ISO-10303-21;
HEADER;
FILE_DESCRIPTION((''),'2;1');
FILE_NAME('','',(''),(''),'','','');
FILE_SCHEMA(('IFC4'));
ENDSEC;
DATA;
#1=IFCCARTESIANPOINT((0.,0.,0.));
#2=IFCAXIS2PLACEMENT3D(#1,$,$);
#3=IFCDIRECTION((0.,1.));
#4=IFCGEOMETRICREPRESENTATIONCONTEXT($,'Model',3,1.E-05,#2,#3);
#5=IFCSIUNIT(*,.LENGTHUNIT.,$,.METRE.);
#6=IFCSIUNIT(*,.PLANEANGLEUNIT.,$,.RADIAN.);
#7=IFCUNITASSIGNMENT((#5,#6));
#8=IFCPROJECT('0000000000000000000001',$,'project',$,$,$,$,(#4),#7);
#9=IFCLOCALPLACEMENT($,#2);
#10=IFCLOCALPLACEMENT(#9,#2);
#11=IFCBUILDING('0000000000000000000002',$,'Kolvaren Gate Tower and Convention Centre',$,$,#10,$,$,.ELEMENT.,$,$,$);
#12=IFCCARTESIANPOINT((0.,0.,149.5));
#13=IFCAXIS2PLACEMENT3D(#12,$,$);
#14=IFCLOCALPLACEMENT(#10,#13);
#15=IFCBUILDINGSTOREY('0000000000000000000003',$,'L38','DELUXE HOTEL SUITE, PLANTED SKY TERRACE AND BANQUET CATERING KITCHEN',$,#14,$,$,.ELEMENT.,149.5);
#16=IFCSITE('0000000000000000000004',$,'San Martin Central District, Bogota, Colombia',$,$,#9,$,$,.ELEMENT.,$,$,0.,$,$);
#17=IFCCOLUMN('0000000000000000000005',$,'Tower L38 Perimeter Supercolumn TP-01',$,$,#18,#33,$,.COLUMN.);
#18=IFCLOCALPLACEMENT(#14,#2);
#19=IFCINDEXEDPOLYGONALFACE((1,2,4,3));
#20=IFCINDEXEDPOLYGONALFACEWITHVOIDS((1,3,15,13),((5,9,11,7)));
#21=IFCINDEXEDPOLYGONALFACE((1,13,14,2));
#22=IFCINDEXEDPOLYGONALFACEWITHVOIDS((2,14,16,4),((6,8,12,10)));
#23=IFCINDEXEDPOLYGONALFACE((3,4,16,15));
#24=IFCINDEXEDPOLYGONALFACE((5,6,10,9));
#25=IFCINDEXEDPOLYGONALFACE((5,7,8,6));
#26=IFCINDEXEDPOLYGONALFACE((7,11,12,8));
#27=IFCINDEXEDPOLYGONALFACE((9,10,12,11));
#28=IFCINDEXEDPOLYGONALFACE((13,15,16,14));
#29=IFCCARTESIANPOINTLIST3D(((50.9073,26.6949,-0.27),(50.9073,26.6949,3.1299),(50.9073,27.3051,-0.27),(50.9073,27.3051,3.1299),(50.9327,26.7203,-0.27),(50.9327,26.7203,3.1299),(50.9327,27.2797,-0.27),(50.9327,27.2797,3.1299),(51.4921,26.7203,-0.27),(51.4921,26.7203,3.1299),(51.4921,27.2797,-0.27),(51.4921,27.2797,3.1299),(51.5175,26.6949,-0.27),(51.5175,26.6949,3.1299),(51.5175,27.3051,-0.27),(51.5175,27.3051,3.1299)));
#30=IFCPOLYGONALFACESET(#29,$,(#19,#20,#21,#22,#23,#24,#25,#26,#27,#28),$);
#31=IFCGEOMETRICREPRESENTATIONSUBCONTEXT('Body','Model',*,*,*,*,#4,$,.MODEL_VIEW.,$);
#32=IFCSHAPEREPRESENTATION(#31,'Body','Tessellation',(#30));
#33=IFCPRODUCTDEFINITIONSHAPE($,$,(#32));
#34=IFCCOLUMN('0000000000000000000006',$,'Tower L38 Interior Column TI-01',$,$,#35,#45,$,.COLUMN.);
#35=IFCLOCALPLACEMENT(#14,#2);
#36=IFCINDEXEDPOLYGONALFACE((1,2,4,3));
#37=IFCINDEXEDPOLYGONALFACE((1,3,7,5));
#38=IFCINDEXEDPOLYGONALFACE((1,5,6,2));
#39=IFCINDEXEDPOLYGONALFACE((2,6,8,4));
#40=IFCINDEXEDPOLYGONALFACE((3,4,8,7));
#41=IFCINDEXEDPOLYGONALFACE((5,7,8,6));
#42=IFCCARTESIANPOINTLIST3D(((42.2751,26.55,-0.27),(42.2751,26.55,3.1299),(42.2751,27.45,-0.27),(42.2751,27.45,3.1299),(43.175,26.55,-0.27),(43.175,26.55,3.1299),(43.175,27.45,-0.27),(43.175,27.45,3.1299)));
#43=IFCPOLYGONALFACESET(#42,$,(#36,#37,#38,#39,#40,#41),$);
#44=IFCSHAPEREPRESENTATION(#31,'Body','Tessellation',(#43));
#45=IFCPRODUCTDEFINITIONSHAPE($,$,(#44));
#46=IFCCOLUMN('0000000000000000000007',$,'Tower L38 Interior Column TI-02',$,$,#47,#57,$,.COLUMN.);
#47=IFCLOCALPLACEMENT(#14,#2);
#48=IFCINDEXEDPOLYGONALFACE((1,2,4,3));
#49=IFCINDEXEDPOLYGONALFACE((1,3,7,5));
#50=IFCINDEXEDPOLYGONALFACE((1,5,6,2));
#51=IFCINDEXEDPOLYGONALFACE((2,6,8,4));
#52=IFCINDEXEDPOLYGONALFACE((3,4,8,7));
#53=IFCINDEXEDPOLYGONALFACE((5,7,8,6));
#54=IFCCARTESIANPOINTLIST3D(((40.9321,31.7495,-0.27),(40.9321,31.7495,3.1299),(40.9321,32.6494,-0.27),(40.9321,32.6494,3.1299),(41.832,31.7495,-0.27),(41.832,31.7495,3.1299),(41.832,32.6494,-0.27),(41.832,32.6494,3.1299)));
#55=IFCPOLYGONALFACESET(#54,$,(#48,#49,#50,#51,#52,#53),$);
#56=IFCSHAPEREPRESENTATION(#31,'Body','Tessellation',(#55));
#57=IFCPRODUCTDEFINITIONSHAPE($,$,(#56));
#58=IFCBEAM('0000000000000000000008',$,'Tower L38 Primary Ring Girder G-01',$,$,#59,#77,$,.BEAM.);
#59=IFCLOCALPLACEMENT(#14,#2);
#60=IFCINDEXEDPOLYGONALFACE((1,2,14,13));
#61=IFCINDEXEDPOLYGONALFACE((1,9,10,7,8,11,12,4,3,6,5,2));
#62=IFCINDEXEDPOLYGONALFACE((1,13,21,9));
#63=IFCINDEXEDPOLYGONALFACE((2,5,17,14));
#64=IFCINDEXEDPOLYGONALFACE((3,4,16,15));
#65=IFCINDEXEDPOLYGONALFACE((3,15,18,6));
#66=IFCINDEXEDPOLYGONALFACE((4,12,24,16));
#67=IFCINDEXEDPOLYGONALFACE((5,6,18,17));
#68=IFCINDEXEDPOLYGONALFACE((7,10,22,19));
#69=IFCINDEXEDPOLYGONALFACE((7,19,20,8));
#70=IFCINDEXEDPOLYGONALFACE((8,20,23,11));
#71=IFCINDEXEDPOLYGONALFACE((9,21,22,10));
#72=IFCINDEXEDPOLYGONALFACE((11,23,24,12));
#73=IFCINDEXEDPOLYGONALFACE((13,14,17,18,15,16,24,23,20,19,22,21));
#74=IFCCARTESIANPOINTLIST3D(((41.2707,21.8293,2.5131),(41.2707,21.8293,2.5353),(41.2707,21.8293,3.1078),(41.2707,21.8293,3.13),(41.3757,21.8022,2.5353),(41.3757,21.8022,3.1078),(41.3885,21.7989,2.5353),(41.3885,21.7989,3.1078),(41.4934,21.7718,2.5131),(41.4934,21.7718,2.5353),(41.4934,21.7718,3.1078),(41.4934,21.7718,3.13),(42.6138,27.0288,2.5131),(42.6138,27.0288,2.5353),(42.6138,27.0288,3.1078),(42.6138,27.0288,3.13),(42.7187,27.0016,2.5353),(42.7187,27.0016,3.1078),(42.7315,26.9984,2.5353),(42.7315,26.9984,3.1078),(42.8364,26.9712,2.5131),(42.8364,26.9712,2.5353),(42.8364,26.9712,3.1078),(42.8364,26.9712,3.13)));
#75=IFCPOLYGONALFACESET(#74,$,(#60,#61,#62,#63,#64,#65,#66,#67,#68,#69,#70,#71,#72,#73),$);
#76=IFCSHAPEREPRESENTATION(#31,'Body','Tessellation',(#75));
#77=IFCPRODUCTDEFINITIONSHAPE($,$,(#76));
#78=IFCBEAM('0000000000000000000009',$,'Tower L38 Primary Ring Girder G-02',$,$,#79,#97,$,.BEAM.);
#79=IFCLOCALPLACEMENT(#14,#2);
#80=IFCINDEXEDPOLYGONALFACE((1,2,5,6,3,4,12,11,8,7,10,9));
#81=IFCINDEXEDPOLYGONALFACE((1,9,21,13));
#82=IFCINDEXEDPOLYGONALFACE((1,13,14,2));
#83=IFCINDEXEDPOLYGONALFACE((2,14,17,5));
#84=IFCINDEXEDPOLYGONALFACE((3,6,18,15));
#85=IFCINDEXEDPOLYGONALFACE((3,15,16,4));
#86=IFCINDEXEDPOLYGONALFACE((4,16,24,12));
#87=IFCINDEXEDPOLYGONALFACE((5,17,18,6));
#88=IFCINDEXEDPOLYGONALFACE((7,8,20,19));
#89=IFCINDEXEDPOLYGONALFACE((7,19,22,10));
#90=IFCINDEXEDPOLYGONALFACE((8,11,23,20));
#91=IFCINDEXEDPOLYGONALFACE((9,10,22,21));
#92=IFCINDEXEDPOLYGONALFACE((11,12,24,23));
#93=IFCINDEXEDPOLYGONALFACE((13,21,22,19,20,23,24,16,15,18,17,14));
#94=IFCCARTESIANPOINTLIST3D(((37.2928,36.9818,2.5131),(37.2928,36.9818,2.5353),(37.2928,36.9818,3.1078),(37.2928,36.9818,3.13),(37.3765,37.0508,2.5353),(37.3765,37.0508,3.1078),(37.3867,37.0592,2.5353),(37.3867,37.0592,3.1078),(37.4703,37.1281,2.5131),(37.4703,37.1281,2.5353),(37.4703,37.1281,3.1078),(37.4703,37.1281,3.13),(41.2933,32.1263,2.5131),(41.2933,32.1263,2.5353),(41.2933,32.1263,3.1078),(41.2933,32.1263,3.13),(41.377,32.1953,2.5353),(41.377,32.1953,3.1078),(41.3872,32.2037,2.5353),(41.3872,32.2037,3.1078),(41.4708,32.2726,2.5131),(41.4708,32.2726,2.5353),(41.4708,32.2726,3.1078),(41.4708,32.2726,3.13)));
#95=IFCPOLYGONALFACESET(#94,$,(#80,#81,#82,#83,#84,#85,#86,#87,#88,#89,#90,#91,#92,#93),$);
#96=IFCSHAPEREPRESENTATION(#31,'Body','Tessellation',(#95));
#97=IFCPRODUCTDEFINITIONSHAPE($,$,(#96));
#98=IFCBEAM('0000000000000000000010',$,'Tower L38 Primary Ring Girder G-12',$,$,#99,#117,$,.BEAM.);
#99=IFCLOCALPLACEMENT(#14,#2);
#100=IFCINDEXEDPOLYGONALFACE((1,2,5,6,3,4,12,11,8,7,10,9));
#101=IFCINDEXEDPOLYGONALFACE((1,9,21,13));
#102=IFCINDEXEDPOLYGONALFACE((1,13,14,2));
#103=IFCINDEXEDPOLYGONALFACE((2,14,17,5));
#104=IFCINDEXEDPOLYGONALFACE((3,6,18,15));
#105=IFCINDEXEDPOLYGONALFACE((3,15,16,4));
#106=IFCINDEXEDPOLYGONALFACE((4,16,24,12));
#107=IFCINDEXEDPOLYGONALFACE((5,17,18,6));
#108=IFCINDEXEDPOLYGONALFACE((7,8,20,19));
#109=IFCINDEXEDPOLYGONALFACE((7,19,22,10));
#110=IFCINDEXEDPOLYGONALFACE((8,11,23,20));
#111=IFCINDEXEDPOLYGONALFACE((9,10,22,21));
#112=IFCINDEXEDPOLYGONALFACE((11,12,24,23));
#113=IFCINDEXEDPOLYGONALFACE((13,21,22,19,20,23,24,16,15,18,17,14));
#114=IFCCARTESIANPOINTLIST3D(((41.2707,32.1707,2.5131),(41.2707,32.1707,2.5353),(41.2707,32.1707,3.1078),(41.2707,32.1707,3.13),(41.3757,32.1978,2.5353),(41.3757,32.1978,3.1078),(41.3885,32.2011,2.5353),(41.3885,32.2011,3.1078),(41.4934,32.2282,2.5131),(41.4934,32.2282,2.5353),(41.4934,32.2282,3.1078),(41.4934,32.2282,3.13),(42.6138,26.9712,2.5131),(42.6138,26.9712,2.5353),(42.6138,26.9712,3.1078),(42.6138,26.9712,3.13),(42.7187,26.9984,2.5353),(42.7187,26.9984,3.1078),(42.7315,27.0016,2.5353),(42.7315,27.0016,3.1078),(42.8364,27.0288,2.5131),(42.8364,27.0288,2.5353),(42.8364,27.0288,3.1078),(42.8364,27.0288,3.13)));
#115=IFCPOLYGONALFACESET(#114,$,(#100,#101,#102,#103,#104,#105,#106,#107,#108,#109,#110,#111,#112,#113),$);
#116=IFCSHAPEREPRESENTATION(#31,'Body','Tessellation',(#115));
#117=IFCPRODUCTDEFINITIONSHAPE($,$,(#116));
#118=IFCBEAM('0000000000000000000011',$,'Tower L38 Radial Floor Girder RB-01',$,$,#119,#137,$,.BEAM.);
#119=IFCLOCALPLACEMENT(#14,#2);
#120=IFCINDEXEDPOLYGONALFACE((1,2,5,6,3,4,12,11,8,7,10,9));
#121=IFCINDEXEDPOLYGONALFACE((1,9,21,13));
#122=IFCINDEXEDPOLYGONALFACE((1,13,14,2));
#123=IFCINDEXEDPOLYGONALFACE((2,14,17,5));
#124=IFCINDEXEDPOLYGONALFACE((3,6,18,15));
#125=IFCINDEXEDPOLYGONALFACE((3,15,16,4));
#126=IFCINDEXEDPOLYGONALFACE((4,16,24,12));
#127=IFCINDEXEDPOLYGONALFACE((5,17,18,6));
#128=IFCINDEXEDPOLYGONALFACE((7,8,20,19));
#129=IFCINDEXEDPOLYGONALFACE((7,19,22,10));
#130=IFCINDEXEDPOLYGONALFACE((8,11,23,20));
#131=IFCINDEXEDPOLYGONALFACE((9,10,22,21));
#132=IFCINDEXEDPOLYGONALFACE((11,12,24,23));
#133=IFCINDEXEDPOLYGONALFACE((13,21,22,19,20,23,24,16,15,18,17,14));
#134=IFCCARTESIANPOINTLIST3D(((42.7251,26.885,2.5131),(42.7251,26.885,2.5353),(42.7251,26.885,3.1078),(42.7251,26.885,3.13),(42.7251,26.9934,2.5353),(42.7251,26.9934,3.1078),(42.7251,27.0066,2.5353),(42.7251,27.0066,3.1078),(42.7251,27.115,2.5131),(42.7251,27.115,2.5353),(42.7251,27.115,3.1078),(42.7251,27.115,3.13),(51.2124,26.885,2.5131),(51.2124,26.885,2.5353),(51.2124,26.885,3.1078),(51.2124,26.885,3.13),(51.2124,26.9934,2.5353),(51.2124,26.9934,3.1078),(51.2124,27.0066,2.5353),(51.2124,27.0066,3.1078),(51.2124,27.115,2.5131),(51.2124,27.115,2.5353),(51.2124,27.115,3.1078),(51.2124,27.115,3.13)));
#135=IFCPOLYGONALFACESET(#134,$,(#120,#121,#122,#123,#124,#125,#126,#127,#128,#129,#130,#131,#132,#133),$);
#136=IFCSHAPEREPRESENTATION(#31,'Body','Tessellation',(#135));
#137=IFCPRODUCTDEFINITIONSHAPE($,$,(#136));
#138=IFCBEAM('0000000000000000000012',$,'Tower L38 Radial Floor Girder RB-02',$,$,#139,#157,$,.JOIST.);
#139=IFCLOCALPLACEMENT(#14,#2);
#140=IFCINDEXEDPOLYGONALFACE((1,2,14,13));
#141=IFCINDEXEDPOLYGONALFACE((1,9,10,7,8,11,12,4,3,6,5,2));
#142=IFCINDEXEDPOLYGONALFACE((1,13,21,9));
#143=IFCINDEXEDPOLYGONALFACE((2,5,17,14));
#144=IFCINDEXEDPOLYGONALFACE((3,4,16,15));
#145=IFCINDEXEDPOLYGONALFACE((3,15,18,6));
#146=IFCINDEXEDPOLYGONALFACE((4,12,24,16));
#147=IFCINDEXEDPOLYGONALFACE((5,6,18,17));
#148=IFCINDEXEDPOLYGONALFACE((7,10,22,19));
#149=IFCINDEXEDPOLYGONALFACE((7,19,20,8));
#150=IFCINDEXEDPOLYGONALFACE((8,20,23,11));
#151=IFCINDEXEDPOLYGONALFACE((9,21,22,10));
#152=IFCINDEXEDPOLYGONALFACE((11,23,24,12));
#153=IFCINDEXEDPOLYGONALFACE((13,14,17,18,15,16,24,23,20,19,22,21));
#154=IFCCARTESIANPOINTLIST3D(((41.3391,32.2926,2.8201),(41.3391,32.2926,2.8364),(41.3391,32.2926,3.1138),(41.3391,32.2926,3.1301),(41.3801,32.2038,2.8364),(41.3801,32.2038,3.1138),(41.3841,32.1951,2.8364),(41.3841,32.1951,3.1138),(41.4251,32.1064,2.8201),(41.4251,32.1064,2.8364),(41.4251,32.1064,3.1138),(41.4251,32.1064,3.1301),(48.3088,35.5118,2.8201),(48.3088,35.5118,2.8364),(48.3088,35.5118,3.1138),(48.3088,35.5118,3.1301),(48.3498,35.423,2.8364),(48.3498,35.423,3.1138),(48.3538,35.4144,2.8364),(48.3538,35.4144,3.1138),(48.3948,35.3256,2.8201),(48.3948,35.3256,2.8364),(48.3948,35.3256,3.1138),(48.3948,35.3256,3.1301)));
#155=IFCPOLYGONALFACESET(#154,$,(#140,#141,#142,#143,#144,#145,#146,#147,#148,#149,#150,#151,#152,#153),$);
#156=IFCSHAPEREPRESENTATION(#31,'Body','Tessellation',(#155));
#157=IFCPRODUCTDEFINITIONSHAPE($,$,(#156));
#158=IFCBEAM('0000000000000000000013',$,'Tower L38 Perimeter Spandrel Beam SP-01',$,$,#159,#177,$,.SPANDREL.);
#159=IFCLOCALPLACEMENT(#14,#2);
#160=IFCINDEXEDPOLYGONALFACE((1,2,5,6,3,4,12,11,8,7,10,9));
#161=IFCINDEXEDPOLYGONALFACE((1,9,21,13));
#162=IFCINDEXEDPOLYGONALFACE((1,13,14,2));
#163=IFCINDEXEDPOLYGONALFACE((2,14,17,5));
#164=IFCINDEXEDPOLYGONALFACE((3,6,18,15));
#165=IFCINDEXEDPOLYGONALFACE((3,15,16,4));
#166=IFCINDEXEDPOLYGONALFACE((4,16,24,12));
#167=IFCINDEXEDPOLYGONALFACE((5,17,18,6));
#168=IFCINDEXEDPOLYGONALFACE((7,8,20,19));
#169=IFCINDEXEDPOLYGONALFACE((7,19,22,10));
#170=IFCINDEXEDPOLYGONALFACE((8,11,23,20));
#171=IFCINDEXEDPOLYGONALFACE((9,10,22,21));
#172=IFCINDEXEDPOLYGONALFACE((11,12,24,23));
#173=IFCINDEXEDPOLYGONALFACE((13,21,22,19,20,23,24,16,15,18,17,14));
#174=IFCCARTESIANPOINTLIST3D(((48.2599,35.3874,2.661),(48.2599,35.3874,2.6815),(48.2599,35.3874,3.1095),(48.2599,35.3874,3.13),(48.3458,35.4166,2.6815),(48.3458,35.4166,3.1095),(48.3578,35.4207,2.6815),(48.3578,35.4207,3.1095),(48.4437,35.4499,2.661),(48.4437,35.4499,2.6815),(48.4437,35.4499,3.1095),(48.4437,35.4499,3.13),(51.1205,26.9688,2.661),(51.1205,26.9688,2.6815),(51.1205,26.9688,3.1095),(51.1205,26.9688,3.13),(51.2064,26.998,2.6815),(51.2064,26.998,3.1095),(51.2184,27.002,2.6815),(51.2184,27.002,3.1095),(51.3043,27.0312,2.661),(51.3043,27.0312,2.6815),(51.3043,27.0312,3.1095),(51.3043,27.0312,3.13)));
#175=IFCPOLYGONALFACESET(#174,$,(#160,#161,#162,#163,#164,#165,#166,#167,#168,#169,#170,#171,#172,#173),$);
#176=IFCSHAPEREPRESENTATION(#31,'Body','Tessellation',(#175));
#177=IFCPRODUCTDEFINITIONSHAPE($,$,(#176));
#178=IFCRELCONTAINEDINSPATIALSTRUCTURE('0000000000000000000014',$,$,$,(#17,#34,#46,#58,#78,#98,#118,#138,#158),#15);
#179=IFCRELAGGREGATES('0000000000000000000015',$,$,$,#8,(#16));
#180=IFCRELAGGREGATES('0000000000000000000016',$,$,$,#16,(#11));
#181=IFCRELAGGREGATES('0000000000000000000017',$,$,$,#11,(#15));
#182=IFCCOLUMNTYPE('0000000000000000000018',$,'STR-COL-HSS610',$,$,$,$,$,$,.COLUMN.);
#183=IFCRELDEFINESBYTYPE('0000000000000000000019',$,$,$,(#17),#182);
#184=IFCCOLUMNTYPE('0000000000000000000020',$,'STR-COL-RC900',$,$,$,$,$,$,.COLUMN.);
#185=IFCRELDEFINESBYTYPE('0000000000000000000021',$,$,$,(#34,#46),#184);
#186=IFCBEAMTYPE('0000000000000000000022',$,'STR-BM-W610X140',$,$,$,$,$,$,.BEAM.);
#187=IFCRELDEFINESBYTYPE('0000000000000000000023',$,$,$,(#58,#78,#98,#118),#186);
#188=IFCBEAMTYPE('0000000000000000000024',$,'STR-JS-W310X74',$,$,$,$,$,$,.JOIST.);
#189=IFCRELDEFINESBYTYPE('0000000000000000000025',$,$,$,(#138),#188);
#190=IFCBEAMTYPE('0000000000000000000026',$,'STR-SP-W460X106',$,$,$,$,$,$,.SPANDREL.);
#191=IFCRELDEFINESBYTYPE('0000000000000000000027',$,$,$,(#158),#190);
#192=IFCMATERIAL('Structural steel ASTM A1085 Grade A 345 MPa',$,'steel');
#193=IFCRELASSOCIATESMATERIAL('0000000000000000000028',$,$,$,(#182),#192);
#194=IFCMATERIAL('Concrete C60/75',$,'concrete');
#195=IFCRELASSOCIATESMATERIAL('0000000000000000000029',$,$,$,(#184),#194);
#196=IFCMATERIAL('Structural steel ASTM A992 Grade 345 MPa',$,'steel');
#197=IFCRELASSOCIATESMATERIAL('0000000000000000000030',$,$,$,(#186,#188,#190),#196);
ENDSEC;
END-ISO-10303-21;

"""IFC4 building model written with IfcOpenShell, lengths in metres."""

from ifc_helpers import new_model, si_unit, direction, frame, origin, origin_2d, place, context, subcontext, project, spatial, rectangle, hollow_rectangle, i_section, extrude, material, material_profile, profile_set, type_object, element, save


model = new_model("IFC4")

# Units and contexts
model_context = context("Model", 3, precision=1e-05, world=origin(), true_north=direction((0.0, 1.0)))
body_context = subcontext(model_context, "Body", "Model", "MODEL_VIEW")
ifc_project = project(units=[si_unit("LENGTHUNIT", "METRE"), si_unit("PLANEANGLEUNIT", "RADIAN")], contexts=[model_context])

# Site, building, storey
site_placement = place(None, origin())
site = spatial("IfcSite", under=ifc_project, at=site_placement, Name="San Martin Central District, Bogota, Colombia", CompositionType="ELEMENT", RefElevation=0.0)
building_placement = place(site_placement, origin())
building = spatial("IfcBuilding", under=site, at=building_placement, Name="Kolvaren Gate Tower and Convention Centre", CompositionType="ELEMENT")
storey_placement = place(building_placement, frame((0.0, 0.0, 149.5)))
storey = spatial("IfcBuildingStorey", under=building, at=storey_placement, Name="L38", Description="DELUXE HOTEL SUITE, PLANTED SKY TERRACE AND BANQUET CATERING KITCHEN", CompositionType="ELEMENT", Elevation=149.5)

# Columns
ifc_material_1 = material(Name="Structural steel ASTM A1085 Grade A 345 MPa", Category="steel")
ifc_material_profile_1 = material_profile(ifc_material_1, hollow_rectangle(XDim=0.6101, YDim=0.6101, WallThickness=0.0254, at=origin_2d()), Name="HSS610X610X25.4")
ifc_profile_set_1 = profile_set([ifc_material_profile_1], Name="Structural steel ASTM A1085 Grade A 345 MPa")
column_type_1 = type_object("IfcColumnType", Name="STR-COL-HSS610", PredefinedType="COLUMN", material=ifc_profile_set_1)
column_placement = place(storey_placement, frame((51.2124, 27.0, -0.27), z_axis=(0.0, 0.0, 1.0), x_axis=(1.0, 0.0, 0.0)))
element("IfcColumn", 1, at=column_placement, inside=storey, type_object=column_type_1, Name="Tower L38 Perimeter Supercolumn TP-01", PredefinedType="COLUMN", context=body_context, shape_type="SweptSolid", body=[
    extrude(hollow_rectangle(XDim=0.6101, YDim=0.6101, WallThickness=0.0254, at=origin_2d()), origin(), (0.0, 0.0, 1.0), 3.3999),
])
ifc_material_2 = material(Name="Concrete C60/75", Category="concrete")
ifc_material_profile_2 = material_profile(ifc_material_2, rectangle(XDim=0.8999, YDim=0.8999, at=origin_2d()), Name="RC-COL-900X900")
ifc_profile_set_2 = profile_set([ifc_material_profile_2], Name="Concrete C60/75")
column_type_2 = type_object("IfcColumnType", Name="STR-COL-RC900", PredefinedType="COLUMN", material=ifc_profile_set_2)
for number, where, z_axis, x_axis, name in (
    (2, (42.7251, 27.0, -0.27), (0.0, 0.0, 1.0), (1.0, 0.0, 0.0), "Tower L38 Interior Column TI-01"),
    (3, (41.3821, 32.1995, -0.27), (0.0, 0.0, 1.0), (1.0, 0.0, 0.0), "Tower L38 Interior Column TI-02"),
):
    element("IfcColumn", number, at=place(storey_placement, frame(where, z_axis=z_axis, x_axis=x_axis)), inside=storey, type_object=column_type_2, Name=name, PredefinedType="COLUMN", context=body_context, shape_type="SweptSolid", body=[
        extrude(rectangle(XDim=0.8999, YDim=0.8999, at=origin_2d()), origin(), (0.0, 0.0, 1.0), 3.3999),
    ])

# Beams
ifc_material_3 = material(Name="Structural steel ASTM A992 Grade 345 MPa", Category="steel")
ifc_material_profile_3 = material_profile(ifc_material_3, i_section(OverallWidth=0.23, OverallDepth=0.6169, WebThickness=0.0132, FlangeThickness=0.0222, at=origin_2d()), Name="W610X140")
ifc_profile_set_3 = profile_set([ifc_material_profile_3], Name="Structural steel ASTM A992 Grade 345 MPa")
beam_type_1 = type_object("IfcBeamType", Name="STR-BM-W610X140", PredefinedType="BEAM", material=ifc_profile_set_3)
beam_1_placement = place(storey_placement, frame((42.7251, 27.0, 2.8215), z_axis=(-0.250091, -0.968222, 0.0), x_axis=(0.968222, -0.250091, 0.0)))
element("IfcBeam", 4, at=beam_1_placement, inside=storey, type_object=beam_type_1, Name="Tower L38 Primary Ring Girder G-01", PredefinedType="BEAM", context=body_context, shape_type="SweptSolid", body=[
    extrude(i_section(OverallWidth=0.23, OverallDepth=0.6169, WebThickness=0.0132, FlangeThickness=0.0222, at=origin_2d()), origin(), (0.0, 0.0, 1.0), 5.3701),
])
beam_2_placement = place(storey_placement, frame((41.3821, 32.1995, 2.8215), z_axis=(-0.635884, 0.771785, 0.0), x_axis=(-0.771785, -0.635884, 0.0)))
element("IfcBeam", 5, at=beam_2_placement, inside=storey, type_object=beam_type_1, Name="Tower L38 Primary Ring Girder G-02", PredefinedType="BEAM", context=body_context, shape_type="SweptSolid", body=[
    extrude(i_section(OverallWidth=0.23, OverallDepth=0.6169, WebThickness=0.0132, FlangeThickness=0.0222, at=origin_2d()), origin(), (0.0, 0.0, 1.0), 6.2913),
])
beam_3_placement = place(storey_placement, frame((42.7251, 27.0, 2.8215), z_axis=(-0.250091, 0.968222, 0.0), x_axis=(-0.968222, -0.250091, 0.0)))
element("IfcBeam", 6, at=beam_3_placement, inside=storey, type_object=beam_type_1, Name="Tower L38 Primary Ring Girder G-12", PredefinedType="BEAM", context=body_context, shape_type="SweptSolid", body=[
    extrude(i_section(OverallWidth=0.23, OverallDepth=0.6169, WebThickness=0.0132, FlangeThickness=0.0222, at=origin_2d()), origin(), (0.0, 0.0, 1.0), 5.3701),
])
beam_4_placement = place(storey_placement, frame((42.7251, 27.0, 2.8215), z_axis=(1.0, 0.0, 0.0), x_axis=(0.0, 1.0, 0.0)))
element("IfcBeam", 7, at=beam_4_placement, inside=storey, type_object=beam_type_1, Name="Tower L38 Radial Floor Girder RB-01", PredefinedType="BEAM", context=body_context, shape_type="SweptSolid", body=[
    extrude(i_section(OverallWidth=0.23, OverallDepth=0.6169, WebThickness=0.0132, FlangeThickness=0.0222, at=origin_2d()), origin(), (0.0, 0.0, 1.0), 8.4873),
])
ifc_material_profile_4 = material_profile(ifc_material_3, i_section(OverallWidth=0.2051, OverallDepth=0.3101, WebThickness=0.0095, FlangeThickness=0.0164, at=origin_2d()), Name="W310X74")
ifc_profile_set_4 = profile_set([ifc_material_profile_4], Name="Structural steel ASTM A992 Grade 345 MPa")
beam_type_2 = type_object("IfcBeamType", Name="STR-JS-W310X74", PredefinedType="JOIST", material=ifc_profile_set_4)
beam_5_placement = place(storey_placement, frame((41.3821, 32.1995, 2.9751), z_axis=(0.907838, 0.41932, 0.0), x_axis=(-0.41932, 0.907838, 0.0)))
element("IfcBeam", 8, at=beam_5_placement, inside=storey, type_object=beam_type_2, Name="Tower L38 Radial Floor Girder RB-02", PredefinedType="JOIST", context=body_context, shape_type="SweptSolid", body=[
    extrude(i_section(OverallWidth=0.2051, OverallDepth=0.3101, WebThickness=0.0095, FlangeThickness=0.0164, at=origin_2d()), origin(), (0.0, 0.0, 1.0), 7.6772),
])
ifc_material_profile_5 = material_profile(ifc_material_3, i_section(OverallWidth=0.1941, OverallDepth=0.469, WebThickness=0.0127, FlangeThickness=0.0205, at=origin_2d()), Name="W460X106")
ifc_profile_set_5 = profile_set([ifc_material_profile_5], Name="Structural steel ASTM A992 Grade 345 MPa")
beam_type_3 = type_object("IfcBeamType", Name="STR-SP-W460X106", PredefinedType="SPANDREL", material=ifc_profile_set_5)
beam_6_placement = place(storey_placement, frame((51.2124, 27.0, 2.8955), z_axis=(-0.321725, 0.946833, 0.0), x_axis=(-0.946833, -0.321725, 0.0)))
element("IfcBeam", 9, at=beam_6_placement, inside=storey, type_object=beam_type_3, Name="Tower L38 Perimeter Spandrel Beam SP-01", PredefinedType="SPANDREL", context=body_context, shape_type="SweptSolid", body=[
    extrude(i_section(OverallWidth=0.1941, OverallDepth=0.469, WebThickness=0.0127, FlangeThickness=0.0205, at=origin_2d()), origin(), (0.0, 0.0, 1.0), 8.8914),
])

save(model, "model.ifc")
